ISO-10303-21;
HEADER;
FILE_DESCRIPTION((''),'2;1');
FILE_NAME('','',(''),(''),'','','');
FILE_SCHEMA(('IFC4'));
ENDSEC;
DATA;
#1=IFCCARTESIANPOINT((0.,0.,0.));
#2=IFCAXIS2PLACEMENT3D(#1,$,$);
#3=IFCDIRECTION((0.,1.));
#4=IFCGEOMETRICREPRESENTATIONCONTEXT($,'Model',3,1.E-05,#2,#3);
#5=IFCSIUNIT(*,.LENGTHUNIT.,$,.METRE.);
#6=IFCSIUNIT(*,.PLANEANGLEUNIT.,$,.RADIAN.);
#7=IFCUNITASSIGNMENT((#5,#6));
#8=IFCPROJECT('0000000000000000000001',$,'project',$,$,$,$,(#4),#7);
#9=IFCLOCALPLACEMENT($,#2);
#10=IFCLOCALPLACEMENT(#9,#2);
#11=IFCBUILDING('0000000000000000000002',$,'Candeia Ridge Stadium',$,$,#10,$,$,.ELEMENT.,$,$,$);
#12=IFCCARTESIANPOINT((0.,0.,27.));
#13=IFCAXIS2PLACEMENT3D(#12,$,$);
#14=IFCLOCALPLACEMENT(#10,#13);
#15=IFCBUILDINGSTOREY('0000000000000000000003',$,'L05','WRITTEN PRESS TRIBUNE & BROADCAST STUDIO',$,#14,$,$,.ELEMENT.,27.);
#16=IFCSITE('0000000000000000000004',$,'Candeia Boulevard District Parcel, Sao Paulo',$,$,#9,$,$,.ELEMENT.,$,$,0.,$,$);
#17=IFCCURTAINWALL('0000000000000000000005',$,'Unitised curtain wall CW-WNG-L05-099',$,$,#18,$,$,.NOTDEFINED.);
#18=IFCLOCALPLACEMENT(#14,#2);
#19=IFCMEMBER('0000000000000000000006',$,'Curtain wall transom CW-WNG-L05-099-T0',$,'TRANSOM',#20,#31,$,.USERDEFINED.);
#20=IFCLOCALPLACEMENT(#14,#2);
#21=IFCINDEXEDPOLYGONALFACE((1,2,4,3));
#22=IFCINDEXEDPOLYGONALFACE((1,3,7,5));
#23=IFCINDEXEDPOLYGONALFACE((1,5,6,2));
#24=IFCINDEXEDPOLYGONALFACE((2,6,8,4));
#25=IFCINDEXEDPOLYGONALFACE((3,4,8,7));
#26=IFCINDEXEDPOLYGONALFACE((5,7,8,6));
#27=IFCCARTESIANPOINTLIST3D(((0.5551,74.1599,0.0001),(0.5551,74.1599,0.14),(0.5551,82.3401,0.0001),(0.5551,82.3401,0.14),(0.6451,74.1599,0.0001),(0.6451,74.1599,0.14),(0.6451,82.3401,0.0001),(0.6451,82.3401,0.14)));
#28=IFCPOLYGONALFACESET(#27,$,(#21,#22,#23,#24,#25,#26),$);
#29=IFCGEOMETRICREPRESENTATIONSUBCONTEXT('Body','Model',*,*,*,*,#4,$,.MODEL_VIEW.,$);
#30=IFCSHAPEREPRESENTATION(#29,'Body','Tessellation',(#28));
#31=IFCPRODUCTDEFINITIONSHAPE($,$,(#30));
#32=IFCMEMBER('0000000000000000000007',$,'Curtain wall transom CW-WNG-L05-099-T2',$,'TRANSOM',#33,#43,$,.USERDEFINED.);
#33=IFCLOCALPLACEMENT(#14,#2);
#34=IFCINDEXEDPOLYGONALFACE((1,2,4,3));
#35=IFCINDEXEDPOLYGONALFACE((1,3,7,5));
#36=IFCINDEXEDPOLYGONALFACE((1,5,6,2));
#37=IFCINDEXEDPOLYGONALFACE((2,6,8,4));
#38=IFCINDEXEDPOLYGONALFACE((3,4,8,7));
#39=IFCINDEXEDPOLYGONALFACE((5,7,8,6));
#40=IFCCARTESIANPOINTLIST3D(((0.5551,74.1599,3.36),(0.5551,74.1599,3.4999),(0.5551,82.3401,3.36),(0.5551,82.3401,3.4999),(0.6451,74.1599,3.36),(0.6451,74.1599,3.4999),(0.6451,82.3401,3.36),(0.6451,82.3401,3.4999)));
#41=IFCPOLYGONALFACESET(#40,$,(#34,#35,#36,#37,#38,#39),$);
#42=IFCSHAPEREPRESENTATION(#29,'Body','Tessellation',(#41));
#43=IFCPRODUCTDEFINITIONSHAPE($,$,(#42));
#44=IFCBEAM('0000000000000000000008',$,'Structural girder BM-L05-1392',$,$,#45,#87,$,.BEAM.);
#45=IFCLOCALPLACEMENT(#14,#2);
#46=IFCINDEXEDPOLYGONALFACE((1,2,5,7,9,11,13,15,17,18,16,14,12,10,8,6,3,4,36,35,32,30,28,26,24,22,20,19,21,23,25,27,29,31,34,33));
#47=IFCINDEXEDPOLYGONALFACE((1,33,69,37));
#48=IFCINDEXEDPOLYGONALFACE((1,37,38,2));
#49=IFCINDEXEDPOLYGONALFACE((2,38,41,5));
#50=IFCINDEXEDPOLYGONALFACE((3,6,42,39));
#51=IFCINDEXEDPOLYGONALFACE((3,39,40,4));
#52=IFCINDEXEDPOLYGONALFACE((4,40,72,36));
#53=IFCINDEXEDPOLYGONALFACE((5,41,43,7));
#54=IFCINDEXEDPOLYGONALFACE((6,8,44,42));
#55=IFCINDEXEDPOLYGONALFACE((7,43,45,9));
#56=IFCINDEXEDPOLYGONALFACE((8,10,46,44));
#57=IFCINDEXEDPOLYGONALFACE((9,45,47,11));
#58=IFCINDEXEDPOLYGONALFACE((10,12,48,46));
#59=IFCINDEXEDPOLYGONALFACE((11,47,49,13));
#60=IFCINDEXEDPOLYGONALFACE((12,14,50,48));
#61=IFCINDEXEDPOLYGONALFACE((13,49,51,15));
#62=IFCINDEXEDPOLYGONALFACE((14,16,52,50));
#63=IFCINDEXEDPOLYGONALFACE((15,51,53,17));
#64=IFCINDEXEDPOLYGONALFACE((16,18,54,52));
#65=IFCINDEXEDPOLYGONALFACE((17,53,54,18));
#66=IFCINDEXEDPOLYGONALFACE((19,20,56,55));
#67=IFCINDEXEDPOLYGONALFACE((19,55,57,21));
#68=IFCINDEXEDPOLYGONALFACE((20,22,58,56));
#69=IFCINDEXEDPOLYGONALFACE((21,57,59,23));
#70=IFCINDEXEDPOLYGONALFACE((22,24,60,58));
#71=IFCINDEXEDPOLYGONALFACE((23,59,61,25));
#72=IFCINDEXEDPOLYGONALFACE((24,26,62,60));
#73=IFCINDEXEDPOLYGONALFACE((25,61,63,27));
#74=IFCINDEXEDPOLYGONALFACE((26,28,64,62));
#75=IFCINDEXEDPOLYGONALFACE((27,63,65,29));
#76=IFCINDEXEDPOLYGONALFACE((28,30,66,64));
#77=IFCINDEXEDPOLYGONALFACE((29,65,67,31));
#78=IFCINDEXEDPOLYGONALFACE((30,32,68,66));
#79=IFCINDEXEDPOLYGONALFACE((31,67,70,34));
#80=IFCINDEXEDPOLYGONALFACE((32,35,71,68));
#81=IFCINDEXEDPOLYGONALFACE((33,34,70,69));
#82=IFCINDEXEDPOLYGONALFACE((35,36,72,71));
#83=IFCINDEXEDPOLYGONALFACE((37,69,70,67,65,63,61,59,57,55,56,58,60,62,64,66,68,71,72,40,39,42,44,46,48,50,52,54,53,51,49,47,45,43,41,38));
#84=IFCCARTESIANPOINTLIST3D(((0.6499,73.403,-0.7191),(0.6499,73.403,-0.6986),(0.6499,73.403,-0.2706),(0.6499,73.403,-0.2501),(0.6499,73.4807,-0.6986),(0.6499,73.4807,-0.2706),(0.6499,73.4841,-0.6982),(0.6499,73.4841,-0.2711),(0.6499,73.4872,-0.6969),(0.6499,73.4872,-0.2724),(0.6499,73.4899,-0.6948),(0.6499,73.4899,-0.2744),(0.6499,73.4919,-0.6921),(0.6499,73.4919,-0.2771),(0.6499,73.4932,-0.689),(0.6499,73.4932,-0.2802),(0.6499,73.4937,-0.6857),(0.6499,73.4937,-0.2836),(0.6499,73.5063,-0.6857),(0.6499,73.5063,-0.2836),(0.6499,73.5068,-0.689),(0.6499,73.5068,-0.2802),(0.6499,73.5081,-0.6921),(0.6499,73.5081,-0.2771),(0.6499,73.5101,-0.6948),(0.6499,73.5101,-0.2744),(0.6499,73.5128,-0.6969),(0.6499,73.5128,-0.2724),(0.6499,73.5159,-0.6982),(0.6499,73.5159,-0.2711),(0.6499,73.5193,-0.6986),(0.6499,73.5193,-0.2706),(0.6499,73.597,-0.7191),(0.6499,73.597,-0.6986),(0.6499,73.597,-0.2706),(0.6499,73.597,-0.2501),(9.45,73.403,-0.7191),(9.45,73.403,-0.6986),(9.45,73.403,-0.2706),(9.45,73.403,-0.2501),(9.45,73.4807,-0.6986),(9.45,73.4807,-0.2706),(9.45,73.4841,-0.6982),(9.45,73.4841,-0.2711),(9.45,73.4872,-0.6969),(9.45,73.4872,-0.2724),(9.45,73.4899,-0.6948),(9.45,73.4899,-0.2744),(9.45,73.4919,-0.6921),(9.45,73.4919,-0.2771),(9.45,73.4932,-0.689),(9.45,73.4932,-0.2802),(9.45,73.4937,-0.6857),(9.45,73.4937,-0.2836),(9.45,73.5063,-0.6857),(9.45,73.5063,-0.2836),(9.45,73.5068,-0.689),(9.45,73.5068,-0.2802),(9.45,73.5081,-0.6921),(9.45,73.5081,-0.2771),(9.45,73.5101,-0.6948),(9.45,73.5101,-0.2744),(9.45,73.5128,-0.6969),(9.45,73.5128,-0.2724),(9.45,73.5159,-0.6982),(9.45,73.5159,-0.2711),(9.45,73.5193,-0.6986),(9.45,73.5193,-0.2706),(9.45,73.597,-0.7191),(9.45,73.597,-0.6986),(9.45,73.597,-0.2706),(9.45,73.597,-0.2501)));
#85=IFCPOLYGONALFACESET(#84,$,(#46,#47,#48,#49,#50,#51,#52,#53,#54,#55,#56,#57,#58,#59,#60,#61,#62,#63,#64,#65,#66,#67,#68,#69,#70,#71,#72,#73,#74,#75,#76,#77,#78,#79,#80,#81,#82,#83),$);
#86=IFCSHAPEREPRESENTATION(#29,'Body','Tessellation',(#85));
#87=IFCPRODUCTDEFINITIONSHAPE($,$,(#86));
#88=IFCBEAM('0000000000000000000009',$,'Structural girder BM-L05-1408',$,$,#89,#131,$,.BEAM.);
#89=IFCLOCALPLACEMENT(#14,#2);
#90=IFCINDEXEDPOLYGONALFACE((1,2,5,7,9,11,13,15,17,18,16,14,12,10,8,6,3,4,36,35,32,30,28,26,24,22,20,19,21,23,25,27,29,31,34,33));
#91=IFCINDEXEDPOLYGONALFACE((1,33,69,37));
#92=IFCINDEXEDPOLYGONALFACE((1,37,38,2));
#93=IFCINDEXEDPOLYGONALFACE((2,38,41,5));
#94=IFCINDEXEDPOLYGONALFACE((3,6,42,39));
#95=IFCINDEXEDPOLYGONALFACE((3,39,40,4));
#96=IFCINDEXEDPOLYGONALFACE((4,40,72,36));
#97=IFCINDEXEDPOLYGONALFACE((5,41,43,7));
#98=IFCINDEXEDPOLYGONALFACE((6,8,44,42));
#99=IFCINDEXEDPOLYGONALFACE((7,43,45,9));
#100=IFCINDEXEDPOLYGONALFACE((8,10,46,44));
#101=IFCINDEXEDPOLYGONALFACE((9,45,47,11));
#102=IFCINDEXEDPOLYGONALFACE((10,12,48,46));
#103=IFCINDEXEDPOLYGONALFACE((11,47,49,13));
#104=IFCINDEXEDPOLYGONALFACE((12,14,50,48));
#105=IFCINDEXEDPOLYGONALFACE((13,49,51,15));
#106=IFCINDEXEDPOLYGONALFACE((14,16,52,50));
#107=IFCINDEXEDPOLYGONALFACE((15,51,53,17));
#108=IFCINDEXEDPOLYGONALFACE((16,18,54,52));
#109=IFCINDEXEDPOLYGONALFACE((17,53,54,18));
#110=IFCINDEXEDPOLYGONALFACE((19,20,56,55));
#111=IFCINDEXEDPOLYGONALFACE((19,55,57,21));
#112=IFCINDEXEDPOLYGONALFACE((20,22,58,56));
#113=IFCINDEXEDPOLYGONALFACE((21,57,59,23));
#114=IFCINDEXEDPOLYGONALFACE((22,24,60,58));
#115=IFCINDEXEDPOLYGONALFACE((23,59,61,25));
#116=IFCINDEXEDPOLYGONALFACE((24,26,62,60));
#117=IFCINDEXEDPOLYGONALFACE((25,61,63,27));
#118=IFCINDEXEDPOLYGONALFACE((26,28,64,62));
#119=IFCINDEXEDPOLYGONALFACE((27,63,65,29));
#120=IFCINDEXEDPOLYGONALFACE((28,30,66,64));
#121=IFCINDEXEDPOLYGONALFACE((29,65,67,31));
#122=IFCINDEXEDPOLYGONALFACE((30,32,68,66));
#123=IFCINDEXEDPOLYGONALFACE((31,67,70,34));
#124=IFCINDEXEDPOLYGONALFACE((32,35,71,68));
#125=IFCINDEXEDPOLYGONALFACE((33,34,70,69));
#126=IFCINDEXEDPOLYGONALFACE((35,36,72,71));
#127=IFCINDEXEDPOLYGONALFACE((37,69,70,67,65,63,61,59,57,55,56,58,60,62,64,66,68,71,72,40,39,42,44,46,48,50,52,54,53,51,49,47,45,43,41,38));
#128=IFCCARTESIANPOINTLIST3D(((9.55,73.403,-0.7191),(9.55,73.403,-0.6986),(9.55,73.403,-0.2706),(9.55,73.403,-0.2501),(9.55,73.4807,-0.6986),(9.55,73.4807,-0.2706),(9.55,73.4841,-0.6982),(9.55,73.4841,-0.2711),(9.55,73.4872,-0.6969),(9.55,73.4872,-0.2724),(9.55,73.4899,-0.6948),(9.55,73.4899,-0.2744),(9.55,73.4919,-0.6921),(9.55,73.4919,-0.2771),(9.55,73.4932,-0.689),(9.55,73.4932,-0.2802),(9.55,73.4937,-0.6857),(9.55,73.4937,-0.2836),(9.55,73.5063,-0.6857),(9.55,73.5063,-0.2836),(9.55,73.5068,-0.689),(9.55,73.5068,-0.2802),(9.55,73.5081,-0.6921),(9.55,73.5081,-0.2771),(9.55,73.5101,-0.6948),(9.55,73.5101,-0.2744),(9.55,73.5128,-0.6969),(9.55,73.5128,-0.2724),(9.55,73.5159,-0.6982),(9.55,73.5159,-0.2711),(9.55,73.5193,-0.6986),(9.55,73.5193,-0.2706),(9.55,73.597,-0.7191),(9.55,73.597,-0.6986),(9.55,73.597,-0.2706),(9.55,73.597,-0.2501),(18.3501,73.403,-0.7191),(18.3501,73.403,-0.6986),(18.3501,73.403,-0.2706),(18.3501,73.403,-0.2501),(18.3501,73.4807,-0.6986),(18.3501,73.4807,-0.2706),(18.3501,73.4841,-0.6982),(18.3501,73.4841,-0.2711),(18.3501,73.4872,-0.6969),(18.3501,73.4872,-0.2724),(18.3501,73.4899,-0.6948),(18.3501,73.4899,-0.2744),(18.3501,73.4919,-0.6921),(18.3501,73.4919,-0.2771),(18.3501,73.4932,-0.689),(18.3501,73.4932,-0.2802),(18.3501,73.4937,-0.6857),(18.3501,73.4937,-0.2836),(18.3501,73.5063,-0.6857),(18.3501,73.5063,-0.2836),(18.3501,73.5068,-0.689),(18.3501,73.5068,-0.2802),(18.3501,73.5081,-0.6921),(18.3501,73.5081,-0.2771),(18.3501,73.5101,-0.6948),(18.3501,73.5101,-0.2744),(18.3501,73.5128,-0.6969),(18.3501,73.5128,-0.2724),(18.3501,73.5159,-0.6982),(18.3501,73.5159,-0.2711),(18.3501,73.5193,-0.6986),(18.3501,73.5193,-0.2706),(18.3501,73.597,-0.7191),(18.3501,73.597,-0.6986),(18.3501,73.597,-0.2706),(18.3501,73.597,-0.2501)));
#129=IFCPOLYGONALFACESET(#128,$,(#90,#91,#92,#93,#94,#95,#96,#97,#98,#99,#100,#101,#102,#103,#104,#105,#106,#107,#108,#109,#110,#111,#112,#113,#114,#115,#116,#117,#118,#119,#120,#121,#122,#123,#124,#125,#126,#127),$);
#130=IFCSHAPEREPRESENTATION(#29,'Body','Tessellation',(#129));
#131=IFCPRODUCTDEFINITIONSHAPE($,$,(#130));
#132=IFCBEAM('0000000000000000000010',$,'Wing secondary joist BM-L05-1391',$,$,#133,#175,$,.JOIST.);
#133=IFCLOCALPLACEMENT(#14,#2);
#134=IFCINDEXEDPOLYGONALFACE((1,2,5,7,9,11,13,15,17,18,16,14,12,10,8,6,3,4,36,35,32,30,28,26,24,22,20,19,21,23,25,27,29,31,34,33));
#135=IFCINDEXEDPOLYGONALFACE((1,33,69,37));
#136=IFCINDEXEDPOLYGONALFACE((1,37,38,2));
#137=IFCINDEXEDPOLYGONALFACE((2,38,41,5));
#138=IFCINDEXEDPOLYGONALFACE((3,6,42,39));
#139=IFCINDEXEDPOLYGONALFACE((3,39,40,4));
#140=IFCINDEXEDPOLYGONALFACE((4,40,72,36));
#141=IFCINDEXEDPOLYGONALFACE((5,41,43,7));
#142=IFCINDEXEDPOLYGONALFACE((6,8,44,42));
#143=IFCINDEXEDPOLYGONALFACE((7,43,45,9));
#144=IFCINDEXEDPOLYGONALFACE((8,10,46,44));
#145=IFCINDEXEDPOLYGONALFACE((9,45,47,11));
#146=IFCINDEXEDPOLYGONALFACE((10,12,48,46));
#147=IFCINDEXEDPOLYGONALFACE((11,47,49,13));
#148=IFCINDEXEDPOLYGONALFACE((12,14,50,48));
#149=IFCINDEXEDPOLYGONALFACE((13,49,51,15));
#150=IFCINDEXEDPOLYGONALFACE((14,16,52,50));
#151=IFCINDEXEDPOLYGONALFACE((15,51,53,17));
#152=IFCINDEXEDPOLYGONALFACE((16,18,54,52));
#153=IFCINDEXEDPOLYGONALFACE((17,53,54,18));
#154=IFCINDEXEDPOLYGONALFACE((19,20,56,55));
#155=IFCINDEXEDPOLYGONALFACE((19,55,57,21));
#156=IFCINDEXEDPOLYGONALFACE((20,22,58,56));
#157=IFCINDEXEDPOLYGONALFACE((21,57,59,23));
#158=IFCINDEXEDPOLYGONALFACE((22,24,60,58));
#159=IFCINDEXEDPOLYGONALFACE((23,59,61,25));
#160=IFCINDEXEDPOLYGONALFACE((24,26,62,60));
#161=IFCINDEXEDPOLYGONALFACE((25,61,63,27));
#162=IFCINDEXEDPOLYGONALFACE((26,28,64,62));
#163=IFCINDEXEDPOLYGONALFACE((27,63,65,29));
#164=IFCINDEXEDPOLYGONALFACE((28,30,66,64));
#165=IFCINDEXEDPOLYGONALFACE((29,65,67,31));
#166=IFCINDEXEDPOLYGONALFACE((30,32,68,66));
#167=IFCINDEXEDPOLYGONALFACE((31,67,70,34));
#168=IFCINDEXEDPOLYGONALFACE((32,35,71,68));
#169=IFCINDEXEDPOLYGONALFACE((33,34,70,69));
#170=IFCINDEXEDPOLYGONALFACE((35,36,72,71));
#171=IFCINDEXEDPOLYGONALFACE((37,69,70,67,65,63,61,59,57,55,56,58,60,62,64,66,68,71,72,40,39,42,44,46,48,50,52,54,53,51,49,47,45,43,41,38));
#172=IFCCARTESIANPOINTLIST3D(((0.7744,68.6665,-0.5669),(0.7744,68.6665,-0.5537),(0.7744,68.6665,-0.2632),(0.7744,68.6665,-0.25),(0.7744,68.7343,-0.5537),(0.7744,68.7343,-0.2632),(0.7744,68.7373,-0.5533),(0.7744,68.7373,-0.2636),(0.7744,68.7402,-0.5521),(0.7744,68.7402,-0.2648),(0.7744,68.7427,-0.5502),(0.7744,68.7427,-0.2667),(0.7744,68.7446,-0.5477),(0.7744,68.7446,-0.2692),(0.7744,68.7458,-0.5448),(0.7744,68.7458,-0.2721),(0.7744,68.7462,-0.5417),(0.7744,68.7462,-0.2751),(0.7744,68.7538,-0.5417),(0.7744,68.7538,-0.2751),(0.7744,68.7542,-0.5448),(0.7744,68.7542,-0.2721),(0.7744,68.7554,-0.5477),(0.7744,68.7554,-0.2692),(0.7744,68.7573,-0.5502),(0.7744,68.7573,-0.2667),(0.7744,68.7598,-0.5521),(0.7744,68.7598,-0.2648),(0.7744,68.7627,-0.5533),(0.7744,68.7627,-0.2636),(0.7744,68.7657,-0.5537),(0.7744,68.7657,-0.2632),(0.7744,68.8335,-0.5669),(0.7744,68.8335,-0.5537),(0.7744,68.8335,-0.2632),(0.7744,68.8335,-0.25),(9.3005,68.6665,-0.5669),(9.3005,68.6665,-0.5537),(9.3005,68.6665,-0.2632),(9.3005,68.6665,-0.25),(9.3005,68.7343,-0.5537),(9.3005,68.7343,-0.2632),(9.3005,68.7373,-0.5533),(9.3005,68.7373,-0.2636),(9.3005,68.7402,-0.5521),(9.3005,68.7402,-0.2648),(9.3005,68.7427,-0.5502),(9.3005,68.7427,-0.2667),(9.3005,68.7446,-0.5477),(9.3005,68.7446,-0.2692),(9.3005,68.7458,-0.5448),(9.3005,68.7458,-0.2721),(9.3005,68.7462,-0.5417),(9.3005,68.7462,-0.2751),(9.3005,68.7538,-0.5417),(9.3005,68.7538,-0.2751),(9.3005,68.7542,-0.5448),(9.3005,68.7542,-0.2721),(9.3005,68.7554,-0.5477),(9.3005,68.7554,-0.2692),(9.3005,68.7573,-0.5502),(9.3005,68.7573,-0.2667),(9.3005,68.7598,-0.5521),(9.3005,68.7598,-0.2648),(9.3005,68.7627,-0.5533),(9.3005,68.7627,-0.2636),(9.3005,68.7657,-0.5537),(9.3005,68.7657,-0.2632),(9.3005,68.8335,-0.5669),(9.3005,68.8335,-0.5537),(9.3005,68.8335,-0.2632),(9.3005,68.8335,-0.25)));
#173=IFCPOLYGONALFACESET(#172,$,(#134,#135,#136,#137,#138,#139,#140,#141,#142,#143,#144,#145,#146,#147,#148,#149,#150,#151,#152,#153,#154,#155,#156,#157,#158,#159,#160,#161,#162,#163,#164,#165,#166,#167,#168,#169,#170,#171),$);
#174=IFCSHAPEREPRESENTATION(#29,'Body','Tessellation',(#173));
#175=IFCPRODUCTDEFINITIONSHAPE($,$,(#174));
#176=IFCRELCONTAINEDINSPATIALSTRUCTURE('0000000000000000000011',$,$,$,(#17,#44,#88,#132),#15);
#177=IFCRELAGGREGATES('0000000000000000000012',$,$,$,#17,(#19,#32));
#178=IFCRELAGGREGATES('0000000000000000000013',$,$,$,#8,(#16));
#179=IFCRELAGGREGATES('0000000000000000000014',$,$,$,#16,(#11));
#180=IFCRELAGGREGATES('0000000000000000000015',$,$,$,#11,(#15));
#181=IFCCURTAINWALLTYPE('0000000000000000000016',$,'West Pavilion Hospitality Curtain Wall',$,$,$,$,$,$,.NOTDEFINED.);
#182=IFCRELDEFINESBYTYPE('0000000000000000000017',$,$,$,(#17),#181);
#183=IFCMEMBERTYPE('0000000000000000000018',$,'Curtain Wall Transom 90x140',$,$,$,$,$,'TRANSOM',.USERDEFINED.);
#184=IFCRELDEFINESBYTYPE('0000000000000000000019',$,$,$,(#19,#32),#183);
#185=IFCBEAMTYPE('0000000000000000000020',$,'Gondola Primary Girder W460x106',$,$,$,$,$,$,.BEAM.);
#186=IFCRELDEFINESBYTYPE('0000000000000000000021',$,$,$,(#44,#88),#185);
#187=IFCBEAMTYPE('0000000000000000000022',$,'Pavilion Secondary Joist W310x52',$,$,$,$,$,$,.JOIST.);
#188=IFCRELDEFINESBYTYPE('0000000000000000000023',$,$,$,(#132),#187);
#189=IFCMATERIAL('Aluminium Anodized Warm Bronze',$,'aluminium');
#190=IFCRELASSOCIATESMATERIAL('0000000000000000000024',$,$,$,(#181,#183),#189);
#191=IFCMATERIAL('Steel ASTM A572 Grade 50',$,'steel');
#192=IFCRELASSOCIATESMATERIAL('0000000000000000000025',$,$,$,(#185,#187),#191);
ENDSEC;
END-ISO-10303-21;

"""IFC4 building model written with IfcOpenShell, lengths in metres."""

from ifc_helpers import new_model, si_unit, direction, frame, origin, origin_2d, place, context, subcontext, project, spatial, rectangle, i_section, extrude, material, material_profile, profile_set, type_object, element, aggregate, save


model = new_model("IFC4")

# Units and contexts
model_context = context("Model", 3, precision=1e-05, world=origin(), true_north=direction((0.0, 1.0)))
body_context = subcontext(model_context, "Body", "Model", "MODEL_VIEW")
ifc_project = project(units=[si_unit("LENGTHUNIT", "METRE"), si_unit("PLANEANGLEUNIT", "RADIAN")], contexts=[model_context])

# Site, building, storey
site_placement = place(None, origin())
site = spatial("IfcSite", under=ifc_project, at=site_placement, Name="Candeia Boulevard District Parcel, Sao Paulo", CompositionType="ELEMENT", RefElevation=0.0)
building_placement = place(site_placement, origin())
building = spatial("IfcBuilding", under=site, at=building_placement, Name="Candeia Ridge Stadium", CompositionType="ELEMENT")
storey_placement = place(building_placement, frame((0.0, 0.0, 27.0)))
storey = spatial("IfcBuildingStorey", under=building, at=storey_placement, Name="L05", Description="WRITTEN PRESS TRIBUNE & BROADCAST STUDIO", CompositionType="ELEMENT", Elevation=27.0)

# Shared definitions
ifc_material_1 = material(Name="Steel ASTM A572 Grade 50", Category="steel")

# Curtain wall, members
ifc_material_2 = material(Name="Aluminium Anodized Warm Bronze", Category="aluminium")
curtain_wall_type = type_object("IfcCurtainWallType", Name="West Pavilion Hospitality Curtain Wall", PredefinedType="NOTDEFINED", material=ifc_material_2)
curtain_wall_placement = place(storey_placement, origin())
curtain_wall = element("IfcCurtainWall", 1, at=curtain_wall_placement, inside=storey, type_object=curtain_wall_type, Name="Unitised curtain wall CW-WNG-L05-099", PredefinedType="NOTDEFINED")
ifc_material_profile_1 = material_profile(ifc_material_2, rectangle(XDim=0.0901, YDim=0.1399, at=origin_2d()), Name="CWT-90x140", Category="aluminium")
ifc_profile_set_1 = profile_set([ifc_material_profile_1], Name="Aluminium Anodized Warm Bronze")
member_type_1 = type_object("IfcMemberType", Name="Curtain Wall Transom 90x140", ElementType="TRANSOM", PredefinedType="USERDEFINED", material=ifc_profile_set_1)
member_1_placement = place(storey_placement, frame((0.6001, 74.1599, 0.0701), z_axis=(0.0, 1.0, 0.0), x_axis=(-1.0, 0.0, 0.0)))
member_1 = element("IfcMember", 2, at=member_1_placement, type_object=member_type_1, Name="Curtain wall transom CW-WNG-L05-099-T0", ObjectType="TRANSOM", PredefinedType="USERDEFINED", context=body_context, shape_type="SweptSolid", body=[
    extrude(rectangle(XDim=0.0901, YDim=0.1399, at=origin_2d()), origin(), (0.0, 0.0, 1.0), 8.1802),
])
member_2_placement = place(storey_placement, frame((0.6001, 74.1599, 3.4299), z_axis=(0.0, 1.0, 0.0), x_axis=(-1.0, 0.0, 0.0)))
member_2 = element("IfcMember", 3, at=member_2_placement, type_object=member_type_1, Name="Curtain wall transom CW-WNG-L05-099-T2", ObjectType="TRANSOM", PredefinedType="USERDEFINED", context=body_context, shape_type="SweptSolid", body=[
    extrude(rectangle(XDim=0.0901, YDim=0.1399, at=origin_2d()), origin(), (0.0, 0.0, 1.0), 8.1802),
])

# Beams
ifc_material_profile_2 = material_profile(ifc_material_1, i_section(OverallWidth=0.1941, OverallDepth=0.469, WebThickness=0.0127, FlangeThickness=0.0205, FilletRadius=0.0129, at=origin_2d()), Name="W460x106", Category="steel")
ifc_profile_set_2 = profile_set([ifc_material_profile_2], Name="Steel ASTM A572 Grade 50")
beam_type_1 = type_object("IfcBeamType", Name="Gondola Primary Girder W460x106", PredefinedType="BEAM", material=ifc_profile_set_2)
for number, where, z_axis, x_axis, name in (
    (4, (0.6499, 73.5, -0.4846), (1.0, 0.0, 0.0), (0.0, 1.0, 0.0), "Structural girder BM-L05-1392"),
    (5, (9.55, 73.5, -0.4846), (1.0, 0.0, 0.0), (0.0, 1.0, 0.0), "Structural girder BM-L05-1408"),
):
    element("IfcBeam", number, at=place(storey_placement, frame(where, z_axis=z_axis, x_axis=x_axis)), inside=storey, type_object=beam_type_1, Name=name, PredefinedType="BEAM", context=body_context, shape_type="SweptSolid", body=[
        extrude(i_section(OverallWidth=0.1941, OverallDepth=0.469, WebThickness=0.0127, FlangeThickness=0.0205, FilletRadius=0.0129, at=origin_2d()), origin(), (0.0, 0.0, 1.0), 8.8),
    ])
ifc_material_profile_3 = material_profile(ifc_material_1, i_section(OverallWidth=0.167, OverallDepth=0.3169, WebThickness=0.0076, FlangeThickness=0.0132, FilletRadius=0.012, at=origin_2d()), Name="W310x52", Category="steel")
ifc_profile_set_3 = profile_set([ifc_material_profile_3], Name="Steel ASTM A572 Grade 50")
beam_type_2 = type_object("IfcBeamType", Name="Pavilion Secondary Joist W310x52", PredefinedType="JOIST", material=ifc_profile_set_3)
for number, where, z_axis, x_axis, name in (
    (6, (0.7744, 68.75, -0.4084), (1.0, 0.0, 0.0), (0.0, 1.0, 0.0), "Wing secondary joist BM-L05-1391"),
):
    element("IfcBeam", number, at=place(storey_placement, frame(where, z_axis=z_axis, x_axis=x_axis)), inside=storey, type_object=beam_type_2, Name=name, PredefinedType="JOIST", context=body_context, shape_type="SweptSolid", body=[
        extrude(i_section(OverallWidth=0.167, OverallDepth=0.3169, WebThickness=0.0076, FlangeThickness=0.0132, FilletRadius=0.012, at=origin_2d()), origin(), (0.0, 0.0, 1.0), 8.5261),
    ])

aggregate(curtain_wall, [member_1, member_2])

save(model, "model.ifc")
